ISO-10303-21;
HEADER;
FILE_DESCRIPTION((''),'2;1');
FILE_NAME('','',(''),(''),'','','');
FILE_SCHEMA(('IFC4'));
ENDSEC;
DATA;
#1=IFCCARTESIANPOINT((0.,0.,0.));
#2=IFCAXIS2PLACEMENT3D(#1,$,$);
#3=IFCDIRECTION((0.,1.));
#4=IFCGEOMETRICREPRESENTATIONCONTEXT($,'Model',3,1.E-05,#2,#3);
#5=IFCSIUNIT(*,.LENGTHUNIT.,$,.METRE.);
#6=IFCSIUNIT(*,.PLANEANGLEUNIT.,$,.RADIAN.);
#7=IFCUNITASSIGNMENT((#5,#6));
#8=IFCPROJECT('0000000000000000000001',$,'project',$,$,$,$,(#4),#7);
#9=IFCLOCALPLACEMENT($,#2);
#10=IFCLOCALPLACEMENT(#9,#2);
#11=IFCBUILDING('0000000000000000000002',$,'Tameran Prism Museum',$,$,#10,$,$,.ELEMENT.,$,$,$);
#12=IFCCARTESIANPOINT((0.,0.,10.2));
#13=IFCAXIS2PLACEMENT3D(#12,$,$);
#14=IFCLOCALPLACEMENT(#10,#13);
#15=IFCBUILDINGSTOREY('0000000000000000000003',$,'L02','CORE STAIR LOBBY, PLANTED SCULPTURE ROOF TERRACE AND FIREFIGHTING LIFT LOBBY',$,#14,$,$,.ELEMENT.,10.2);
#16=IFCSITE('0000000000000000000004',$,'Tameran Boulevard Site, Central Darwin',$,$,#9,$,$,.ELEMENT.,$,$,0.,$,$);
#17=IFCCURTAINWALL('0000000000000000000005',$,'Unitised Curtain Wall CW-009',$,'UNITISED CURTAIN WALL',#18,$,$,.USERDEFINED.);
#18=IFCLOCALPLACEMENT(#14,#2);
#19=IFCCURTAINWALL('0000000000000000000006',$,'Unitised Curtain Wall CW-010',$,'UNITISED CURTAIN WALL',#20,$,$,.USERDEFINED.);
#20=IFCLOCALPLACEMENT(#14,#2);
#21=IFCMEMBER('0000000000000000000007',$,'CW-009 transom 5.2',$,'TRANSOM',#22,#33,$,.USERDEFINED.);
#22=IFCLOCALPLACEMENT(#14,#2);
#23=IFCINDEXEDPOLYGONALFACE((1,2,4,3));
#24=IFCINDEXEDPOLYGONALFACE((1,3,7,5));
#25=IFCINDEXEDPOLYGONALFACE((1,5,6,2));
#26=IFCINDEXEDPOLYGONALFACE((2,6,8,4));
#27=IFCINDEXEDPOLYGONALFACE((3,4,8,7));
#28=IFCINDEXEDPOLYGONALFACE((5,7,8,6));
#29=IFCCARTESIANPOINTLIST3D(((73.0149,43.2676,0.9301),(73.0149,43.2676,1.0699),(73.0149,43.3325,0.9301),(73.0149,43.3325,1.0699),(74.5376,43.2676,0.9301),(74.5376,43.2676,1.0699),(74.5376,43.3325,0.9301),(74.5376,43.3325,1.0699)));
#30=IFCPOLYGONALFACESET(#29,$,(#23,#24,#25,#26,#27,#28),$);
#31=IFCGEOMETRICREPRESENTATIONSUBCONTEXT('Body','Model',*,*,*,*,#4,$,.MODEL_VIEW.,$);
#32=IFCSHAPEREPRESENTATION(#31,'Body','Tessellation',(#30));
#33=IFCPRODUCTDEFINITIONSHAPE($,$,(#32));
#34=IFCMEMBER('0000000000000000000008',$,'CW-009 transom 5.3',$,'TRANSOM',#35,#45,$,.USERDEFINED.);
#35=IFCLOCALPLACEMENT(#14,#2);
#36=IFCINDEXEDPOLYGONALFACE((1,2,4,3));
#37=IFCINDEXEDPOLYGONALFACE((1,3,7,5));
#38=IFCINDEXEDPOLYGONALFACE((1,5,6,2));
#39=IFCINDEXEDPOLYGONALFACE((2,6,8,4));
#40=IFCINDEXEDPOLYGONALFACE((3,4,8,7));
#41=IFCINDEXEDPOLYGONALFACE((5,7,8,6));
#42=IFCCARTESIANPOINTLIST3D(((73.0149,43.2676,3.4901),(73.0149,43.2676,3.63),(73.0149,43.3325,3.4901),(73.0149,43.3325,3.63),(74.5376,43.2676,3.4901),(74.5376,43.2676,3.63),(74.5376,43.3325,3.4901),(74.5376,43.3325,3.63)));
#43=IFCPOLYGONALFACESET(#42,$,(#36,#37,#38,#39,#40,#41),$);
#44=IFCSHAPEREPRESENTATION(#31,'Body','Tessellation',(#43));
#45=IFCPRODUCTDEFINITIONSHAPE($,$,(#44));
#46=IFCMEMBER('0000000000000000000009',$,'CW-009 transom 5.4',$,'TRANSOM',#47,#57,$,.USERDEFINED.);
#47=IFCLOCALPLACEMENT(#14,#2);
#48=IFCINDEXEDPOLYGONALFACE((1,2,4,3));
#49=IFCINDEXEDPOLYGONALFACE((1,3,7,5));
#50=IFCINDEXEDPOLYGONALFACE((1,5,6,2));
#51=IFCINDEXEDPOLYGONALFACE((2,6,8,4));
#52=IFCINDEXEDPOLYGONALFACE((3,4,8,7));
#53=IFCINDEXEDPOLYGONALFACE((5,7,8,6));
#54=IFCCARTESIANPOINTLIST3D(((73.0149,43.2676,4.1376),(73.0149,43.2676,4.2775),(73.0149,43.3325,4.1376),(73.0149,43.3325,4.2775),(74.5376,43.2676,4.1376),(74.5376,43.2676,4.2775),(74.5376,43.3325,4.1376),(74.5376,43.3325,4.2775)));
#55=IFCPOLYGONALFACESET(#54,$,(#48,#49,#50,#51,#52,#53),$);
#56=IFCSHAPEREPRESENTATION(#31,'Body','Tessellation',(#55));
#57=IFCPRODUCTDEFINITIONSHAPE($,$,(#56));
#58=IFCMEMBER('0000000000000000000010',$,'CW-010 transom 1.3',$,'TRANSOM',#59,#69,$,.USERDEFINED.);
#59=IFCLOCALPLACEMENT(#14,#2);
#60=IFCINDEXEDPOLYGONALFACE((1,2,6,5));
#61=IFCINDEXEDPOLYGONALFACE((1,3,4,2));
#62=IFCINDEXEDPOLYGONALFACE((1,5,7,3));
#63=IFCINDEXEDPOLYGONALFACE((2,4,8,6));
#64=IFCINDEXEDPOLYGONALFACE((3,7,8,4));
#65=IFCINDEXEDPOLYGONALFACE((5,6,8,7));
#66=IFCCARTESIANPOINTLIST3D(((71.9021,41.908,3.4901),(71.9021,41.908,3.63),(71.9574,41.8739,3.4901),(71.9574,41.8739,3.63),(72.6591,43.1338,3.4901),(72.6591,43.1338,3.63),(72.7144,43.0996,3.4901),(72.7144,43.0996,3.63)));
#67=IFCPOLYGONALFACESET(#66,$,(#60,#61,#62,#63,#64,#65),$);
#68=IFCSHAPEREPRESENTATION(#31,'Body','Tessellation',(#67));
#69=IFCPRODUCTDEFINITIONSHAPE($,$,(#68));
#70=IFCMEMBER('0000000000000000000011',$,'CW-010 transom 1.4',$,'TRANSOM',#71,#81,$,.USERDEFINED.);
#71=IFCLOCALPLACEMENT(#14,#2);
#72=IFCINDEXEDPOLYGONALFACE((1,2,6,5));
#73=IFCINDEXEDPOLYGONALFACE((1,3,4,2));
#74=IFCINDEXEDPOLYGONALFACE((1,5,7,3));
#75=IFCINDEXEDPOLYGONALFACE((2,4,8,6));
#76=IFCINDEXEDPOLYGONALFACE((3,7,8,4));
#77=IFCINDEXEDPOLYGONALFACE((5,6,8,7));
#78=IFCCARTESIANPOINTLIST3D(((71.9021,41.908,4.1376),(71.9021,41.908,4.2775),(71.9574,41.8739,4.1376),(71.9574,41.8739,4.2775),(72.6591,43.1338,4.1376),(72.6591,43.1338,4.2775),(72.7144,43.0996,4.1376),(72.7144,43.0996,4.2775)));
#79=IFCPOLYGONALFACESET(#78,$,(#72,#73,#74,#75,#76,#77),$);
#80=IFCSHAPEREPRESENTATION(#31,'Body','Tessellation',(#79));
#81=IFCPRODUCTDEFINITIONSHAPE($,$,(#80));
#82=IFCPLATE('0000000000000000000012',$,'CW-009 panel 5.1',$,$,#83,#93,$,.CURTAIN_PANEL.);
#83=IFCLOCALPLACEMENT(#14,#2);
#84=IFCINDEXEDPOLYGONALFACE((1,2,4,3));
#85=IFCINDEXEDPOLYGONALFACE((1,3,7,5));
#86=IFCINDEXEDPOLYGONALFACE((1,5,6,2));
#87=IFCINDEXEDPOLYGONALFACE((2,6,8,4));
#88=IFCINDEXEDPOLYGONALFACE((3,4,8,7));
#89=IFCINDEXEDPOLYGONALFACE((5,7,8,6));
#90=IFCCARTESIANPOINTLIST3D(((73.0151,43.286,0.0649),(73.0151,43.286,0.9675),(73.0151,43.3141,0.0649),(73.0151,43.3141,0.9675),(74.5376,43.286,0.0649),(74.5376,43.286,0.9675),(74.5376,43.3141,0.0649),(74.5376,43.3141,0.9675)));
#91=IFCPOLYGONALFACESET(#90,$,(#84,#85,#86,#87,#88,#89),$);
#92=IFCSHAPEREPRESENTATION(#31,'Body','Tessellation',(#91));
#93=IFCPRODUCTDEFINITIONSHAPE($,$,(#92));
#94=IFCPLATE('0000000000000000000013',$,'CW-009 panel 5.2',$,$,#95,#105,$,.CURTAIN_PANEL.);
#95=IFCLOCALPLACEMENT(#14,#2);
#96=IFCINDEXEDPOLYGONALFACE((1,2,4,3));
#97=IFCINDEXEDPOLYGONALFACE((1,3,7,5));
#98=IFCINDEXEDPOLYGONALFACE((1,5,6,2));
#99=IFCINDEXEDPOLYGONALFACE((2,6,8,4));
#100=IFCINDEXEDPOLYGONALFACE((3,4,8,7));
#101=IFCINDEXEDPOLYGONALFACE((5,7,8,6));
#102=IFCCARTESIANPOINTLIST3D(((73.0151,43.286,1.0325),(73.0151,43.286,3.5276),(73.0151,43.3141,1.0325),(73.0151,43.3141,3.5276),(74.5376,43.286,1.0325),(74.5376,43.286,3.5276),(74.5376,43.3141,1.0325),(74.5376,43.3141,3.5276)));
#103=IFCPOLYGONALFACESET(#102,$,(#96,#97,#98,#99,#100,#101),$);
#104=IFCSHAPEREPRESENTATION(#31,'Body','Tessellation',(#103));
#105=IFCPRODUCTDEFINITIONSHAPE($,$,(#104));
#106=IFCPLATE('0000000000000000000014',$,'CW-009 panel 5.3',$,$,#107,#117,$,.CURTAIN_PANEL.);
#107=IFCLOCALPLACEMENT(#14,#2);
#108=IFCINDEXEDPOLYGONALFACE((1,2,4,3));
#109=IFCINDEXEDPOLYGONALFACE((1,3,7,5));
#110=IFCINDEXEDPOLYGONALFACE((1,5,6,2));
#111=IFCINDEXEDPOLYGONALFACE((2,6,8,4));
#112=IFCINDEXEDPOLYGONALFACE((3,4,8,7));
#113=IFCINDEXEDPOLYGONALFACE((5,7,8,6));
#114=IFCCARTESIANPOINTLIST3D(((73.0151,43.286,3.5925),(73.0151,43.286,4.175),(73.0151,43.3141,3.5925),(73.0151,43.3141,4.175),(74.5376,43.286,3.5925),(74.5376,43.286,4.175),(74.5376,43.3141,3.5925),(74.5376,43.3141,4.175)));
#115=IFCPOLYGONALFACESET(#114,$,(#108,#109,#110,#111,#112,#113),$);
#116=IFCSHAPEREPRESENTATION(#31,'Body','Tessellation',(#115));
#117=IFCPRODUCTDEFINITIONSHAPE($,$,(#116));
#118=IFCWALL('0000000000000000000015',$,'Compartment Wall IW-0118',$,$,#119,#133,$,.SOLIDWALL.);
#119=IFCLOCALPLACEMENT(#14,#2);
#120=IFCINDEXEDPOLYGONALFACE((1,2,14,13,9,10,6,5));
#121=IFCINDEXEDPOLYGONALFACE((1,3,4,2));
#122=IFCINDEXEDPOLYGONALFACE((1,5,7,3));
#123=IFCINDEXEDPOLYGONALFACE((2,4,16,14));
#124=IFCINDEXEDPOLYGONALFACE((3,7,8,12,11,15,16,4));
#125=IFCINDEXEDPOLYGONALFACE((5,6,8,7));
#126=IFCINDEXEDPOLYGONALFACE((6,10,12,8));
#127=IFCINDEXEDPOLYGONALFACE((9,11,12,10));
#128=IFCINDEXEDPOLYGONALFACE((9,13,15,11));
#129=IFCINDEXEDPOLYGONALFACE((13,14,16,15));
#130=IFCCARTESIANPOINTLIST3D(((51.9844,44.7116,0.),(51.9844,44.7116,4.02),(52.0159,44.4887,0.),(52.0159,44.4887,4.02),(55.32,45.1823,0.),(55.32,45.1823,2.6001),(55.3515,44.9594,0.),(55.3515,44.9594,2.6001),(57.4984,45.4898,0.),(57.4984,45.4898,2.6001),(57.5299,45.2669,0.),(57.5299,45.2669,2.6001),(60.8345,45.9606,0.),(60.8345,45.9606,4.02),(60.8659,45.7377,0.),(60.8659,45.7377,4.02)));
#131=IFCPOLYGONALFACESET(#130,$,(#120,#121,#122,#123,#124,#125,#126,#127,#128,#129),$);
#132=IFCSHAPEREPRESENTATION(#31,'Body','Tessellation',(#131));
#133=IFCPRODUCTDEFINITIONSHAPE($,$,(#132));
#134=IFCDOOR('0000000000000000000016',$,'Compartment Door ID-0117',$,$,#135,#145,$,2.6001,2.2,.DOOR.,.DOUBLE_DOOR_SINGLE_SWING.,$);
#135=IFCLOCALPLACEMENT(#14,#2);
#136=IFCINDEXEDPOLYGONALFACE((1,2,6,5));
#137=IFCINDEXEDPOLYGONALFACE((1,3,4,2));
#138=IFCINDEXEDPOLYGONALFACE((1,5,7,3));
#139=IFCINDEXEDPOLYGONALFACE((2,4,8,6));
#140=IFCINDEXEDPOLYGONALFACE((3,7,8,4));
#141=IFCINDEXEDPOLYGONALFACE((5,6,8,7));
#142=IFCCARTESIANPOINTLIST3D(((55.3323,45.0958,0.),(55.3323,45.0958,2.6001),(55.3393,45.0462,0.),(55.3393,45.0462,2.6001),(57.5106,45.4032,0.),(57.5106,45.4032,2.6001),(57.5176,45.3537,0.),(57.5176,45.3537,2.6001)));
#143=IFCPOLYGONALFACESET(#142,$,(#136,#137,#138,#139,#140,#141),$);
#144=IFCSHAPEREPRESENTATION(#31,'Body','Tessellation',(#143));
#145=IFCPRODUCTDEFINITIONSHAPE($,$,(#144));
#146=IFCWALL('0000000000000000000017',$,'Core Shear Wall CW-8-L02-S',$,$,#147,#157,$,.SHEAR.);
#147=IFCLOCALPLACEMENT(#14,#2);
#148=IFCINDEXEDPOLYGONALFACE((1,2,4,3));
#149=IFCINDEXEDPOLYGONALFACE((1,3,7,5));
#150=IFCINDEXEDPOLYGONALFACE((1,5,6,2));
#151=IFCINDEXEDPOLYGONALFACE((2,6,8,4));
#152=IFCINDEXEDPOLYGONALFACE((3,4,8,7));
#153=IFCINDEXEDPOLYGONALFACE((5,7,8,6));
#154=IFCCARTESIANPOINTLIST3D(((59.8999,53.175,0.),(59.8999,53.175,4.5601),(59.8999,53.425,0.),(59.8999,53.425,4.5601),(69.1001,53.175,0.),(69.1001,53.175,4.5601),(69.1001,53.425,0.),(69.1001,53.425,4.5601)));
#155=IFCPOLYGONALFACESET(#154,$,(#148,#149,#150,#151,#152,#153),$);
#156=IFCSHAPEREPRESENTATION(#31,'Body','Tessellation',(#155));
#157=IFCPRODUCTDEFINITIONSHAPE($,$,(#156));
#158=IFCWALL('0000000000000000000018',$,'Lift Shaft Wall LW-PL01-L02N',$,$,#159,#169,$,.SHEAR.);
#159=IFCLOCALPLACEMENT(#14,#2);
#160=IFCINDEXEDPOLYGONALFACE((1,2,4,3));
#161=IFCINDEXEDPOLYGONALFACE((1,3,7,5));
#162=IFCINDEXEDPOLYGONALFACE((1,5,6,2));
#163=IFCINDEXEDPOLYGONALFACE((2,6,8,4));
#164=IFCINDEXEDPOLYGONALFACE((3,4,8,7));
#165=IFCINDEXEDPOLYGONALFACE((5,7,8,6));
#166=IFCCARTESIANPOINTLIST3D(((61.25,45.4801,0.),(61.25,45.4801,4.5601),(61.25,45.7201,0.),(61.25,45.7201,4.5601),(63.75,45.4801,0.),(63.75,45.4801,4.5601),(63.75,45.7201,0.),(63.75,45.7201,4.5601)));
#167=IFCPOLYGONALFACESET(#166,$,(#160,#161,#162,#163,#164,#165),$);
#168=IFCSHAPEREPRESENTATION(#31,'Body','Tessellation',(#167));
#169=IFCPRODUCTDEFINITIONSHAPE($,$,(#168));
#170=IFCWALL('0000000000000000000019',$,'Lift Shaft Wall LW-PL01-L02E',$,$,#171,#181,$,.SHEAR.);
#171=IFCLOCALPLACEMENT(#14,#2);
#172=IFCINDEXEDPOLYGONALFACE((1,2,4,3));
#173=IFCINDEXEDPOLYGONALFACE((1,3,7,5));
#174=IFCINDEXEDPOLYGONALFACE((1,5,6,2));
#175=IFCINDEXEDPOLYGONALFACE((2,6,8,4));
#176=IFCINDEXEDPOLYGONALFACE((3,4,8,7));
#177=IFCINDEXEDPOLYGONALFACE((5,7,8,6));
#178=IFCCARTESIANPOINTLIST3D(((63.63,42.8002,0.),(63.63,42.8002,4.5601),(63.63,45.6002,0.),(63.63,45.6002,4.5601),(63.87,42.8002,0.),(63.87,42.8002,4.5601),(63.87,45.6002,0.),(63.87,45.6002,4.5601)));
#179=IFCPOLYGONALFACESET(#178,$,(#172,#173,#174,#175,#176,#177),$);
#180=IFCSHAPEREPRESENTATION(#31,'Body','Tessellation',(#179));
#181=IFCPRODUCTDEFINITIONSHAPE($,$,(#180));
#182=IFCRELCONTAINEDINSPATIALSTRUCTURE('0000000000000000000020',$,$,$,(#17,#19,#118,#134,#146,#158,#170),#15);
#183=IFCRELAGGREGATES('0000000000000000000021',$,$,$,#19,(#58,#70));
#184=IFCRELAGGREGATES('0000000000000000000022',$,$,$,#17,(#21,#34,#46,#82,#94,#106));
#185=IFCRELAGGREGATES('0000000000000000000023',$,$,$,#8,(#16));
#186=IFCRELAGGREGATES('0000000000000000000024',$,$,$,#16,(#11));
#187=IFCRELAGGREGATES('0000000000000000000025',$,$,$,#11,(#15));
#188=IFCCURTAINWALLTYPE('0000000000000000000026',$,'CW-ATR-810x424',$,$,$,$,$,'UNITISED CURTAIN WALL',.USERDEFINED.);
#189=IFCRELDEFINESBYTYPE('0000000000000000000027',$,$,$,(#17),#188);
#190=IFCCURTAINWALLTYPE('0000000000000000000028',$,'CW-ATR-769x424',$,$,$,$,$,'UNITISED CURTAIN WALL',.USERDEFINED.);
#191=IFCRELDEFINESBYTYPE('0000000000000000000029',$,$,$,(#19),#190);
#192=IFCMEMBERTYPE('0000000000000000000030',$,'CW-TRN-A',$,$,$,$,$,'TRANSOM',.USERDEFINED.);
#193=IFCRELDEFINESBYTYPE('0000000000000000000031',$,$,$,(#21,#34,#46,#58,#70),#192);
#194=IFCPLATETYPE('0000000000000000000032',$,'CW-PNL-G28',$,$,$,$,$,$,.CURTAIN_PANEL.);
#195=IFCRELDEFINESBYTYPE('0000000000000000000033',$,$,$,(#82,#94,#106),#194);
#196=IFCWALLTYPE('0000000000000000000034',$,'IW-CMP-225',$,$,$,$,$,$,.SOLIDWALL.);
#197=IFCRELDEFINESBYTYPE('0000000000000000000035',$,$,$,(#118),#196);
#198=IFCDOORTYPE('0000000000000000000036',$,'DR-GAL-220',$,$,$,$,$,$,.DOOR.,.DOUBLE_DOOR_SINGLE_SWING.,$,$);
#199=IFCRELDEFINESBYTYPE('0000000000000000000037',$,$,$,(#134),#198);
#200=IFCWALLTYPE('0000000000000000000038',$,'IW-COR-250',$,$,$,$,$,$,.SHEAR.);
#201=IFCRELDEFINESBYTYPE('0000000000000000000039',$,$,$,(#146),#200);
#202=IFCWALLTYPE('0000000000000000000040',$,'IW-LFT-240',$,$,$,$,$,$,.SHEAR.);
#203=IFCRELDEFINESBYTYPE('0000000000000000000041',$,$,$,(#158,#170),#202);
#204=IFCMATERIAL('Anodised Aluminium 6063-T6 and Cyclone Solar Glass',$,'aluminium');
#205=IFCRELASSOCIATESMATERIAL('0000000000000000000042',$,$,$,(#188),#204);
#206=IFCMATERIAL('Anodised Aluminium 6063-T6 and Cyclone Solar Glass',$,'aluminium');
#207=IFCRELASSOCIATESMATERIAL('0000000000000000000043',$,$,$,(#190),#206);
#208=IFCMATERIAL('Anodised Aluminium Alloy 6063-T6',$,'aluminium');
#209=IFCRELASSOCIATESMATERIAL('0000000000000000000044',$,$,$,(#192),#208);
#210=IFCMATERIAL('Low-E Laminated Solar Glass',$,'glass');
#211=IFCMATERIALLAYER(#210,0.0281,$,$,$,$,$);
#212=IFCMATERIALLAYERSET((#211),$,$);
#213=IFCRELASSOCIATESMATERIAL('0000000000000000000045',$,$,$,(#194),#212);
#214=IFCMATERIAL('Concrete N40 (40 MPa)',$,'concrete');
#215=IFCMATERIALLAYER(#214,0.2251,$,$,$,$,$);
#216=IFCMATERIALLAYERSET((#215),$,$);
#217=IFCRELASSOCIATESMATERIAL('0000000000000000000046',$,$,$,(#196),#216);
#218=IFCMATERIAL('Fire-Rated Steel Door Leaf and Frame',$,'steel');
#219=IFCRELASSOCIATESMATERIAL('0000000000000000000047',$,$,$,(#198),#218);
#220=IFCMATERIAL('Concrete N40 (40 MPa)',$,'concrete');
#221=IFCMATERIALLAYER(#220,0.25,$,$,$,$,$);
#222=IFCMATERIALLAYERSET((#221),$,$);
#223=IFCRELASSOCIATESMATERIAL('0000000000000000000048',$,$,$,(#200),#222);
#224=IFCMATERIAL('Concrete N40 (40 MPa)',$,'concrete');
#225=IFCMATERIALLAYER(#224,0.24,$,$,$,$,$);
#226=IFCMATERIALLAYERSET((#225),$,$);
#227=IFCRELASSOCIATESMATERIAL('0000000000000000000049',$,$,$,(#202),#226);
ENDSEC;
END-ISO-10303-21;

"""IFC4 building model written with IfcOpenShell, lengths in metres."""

from ifc_helpers import new_model, si_unit, direction, frame, frame_2d, origin, origin_2d, place, context, subcontext, project, spatial, rectangle, extrude, material, layer, layer_set, material_profile, profile_set, type_object, element, fill, aggregate, save


model = new_model("IFC4")

# Units and contexts
model_context = context("Model", 3, precision=1e-05, world=origin(), true_north=direction((0.0, 1.0)))
body_context = subcontext(model_context, "Body", "Model", "MODEL_VIEW")
ifc_project = project(units=[si_unit("LENGTHUNIT", "METRE"), si_unit("PLANEANGLEUNIT", "RADIAN")], contexts=[model_context])

# Site, building, storey
site_placement = place(None, origin())
site = spatial("IfcSite", under=ifc_project, at=site_placement, Name="Tameran Boulevard Site, Central Darwin", CompositionType="ELEMENT", RefElevation=0.0)
building_placement = place(site_placement, origin())
building = spatial("IfcBuilding", under=site, at=building_placement, Name="Tameran Prism Museum", CompositionType="ELEMENT")
storey_placement = place(building_placement, frame((0.0, 0.0, 10.2)))
storey = spatial("IfcBuildingStorey", under=building, at=storey_placement, Name="L02", Description="CORE STAIR LOBBY, PLANTED SCULPTURE ROOF TERRACE AND FIREFIGHTING LIFT LOBBY", CompositionType="ELEMENT", Elevation=10.2)

# Curtain walls
ifc_material_1 = material(Name="Anodised Aluminium 6063-T6 and Cyclone Solar Glass", Category="aluminium")
curtain_wall_type_1 = type_object("IfcCurtainWallType", Name="CW-ATR-810x424", ElementType="UNITISED CURTAIN WALL", PredefinedType="USERDEFINED", material=ifc_material_1)
curtain_wall_1_placement = place(storey_placement, origin())
curtain_wall_1 = element("IfcCurtainWall", 1, at=curtain_wall_1_placement, inside=storey, type_object=curtain_wall_type_1, Name="Unitised Curtain Wall CW-009", ObjectType="UNITISED CURTAIN WALL", PredefinedType="USERDEFINED")
ifc_material_2 = material(Name="Anodised Aluminium 6063-T6 and Cyclone Solar Glass", Category="aluminium")
curtain_wall_type_2 = type_object("IfcCurtainWallType", Name="CW-ATR-769x424", ElementType="UNITISED CURTAIN WALL", PredefinedType="USERDEFINED", material=ifc_material_2)
curtain_wall_2_placement = place(storey_placement, origin())
curtain_wall_2 = element("IfcCurtainWall", 2, at=curtain_wall_2_placement, inside=storey, type_object=curtain_wall_type_2, Name="Unitised Curtain Wall CW-010", ObjectType="UNITISED CURTAIN WALL", PredefinedType="USERDEFINED")

# Members
ifc_material_3 = material(Name="Anodised Aluminium Alloy 6063-T6", Category="aluminium")
ifc_material_profile_1 = material_profile(ifc_material_3, rectangle(XDim=0.0649, YDim=0.1399, at=origin_2d()))
ifc_profile_set_1 = profile_set([ifc_material_profile_1])
member_type_1 = type_object("IfcMemberType", Name="CW-TRN-A", ElementType="TRANSOM", PredefinedType="USERDEFINED", material=ifc_profile_set_1)
member_1_placement = place(storey_placement, frame((74.5376, 43.3, 1.0), z_axis=(-1.0, 0.0, 0.0), x_axis=(0.0, -1.0, 0.0)))
member_1 = element("IfcMember", 3, at=member_1_placement, type_object=member_type_1, Name="CW-009 transom 5.2", ObjectType="TRANSOM", PredefinedType="USERDEFINED", context=body_context, shape_type="SweptSolid", body=[
    extrude(rectangle(XDim=0.0649, YDim=0.1399, at=origin_2d()), origin(), (0.0, 0.0, 1.0), 1.5227),
])
member_2_placement = place(storey_placement, frame((74.5376, 43.3, 3.5601), z_axis=(-1.0, 0.0, 0.0), x_axis=(0.0, -1.0, 0.0)))
member_2 = element("IfcMember", 4, at=member_2_placement, type_object=member_type_1, Name="CW-009 transom 5.3", ObjectType="TRANSOM", PredefinedType="USERDEFINED", context=body_context, shape_type="SweptSolid", body=[
    extrude(rectangle(XDim=0.0649, YDim=0.1399, at=origin_2d()), origin(), (0.0, 0.0, 1.0), 1.5227),
])
member_3_placement = place(storey_placement, frame((74.5376, 43.3, 4.2075), z_axis=(-1.0, 0.0, 0.0), x_axis=(0.0, -1.0, 0.0)))
member_3 = element("IfcMember", 5, at=member_3_placement, type_object=member_type_1, Name="CW-009 transom 5.4", ObjectType="TRANSOM", PredefinedType="USERDEFINED", context=body_context, shape_type="SweptSolid", body=[
    extrude(rectangle(XDim=0.0649, YDim=0.1399, at=origin_2d()), origin(), (0.0, 0.0, 1.0), 1.5227),
])
member_4_placement = place(storey_placement, frame((72.6868, 43.1167, 3.5601), z_axis=(-0.525468, -0.850814, 0.0), x_axis=(0.850814, -0.525468, 0.0)))
member_4 = element("IfcMember", 6, at=member_4_placement, type_object=member_type_1, Name="CW-010 transom 1.3", ObjectType="TRANSOM", PredefinedType="USERDEFINED", context=body_context, shape_type="SweptSolid", body=[
    extrude(rectangle(XDim=0.0649, YDim=0.1399, at=origin_2d()), origin(), (0.0, 0.0, 1.0), 1.4407),
])
member_5_placement = place(storey_placement, frame((72.6868, 43.1167, 4.2075), z_axis=(-0.525468, -0.850814, 0.0), x_axis=(0.850814, -0.525468, 0.0)))
member_5 = element("IfcMember", 7, at=member_5_placement, type_object=member_type_1, Name="CW-010 transom 1.4", ObjectType="TRANSOM", PredefinedType="USERDEFINED", context=body_context, shape_type="SweptSolid", body=[
    extrude(rectangle(XDim=0.0649, YDim=0.1399, at=origin_2d()), origin(), (0.0, 0.0, 1.0), 1.4407),
])
aggregate(curtain_wall_2, [member_4, member_5])

# Plates
ifc_material_4 = material(Name="Low-E Laminated Solar Glass", Category="glass")
ifc_layer_1 = layer(ifc_material_4, 0.0281)
ifc_layer_set_1 = layer_set([ifc_layer_1])
plate_type = type_object("IfcPlateType", Name="CW-PNL-G28", PredefinedType="CURTAIN_PANEL", material=ifc_layer_set_1)
plate_1_placement = place(storey_placement, frame((73.7764, 43.3, 0.0649), z_axis=(0.0, 0.0, 1.0), x_axis=(-1.0, 0.0, 0.0)))
plate_1 = element("IfcPlate", 8, at=plate_1_placement, type_object=plate_type, Name="CW-009 panel 5.1", PredefinedType="CURTAIN_PANEL", context=body_context, shape_type="SweptSolid", body=[
    extrude(rectangle(XDim=1.5225, YDim=0.0281, at=origin_2d()), origin(), (0.0, 0.0, 1.0), 0.9026),
])
plate_2_placement = place(storey_placement, frame((73.7764, 43.3, 1.0325), z_axis=(0.0, 0.0, 1.0), x_axis=(-1.0, 0.0, 0.0)))
plate_2 = element("IfcPlate", 9, at=plate_2_placement, type_object=plate_type, Name="CW-009 panel 5.2", PredefinedType="CURTAIN_PANEL", context=body_context, shape_type="SweptSolid", body=[
    extrude(rectangle(XDim=1.5225, YDim=0.0281, at=origin_2d()), origin(), (0.0, 0.0, 1.0), 2.4951),
])
plate_3_placement = place(storey_placement, frame((73.7764, 43.3, 3.5925), z_axis=(0.0, 0.0, 1.0), x_axis=(-1.0, 0.0, 0.0)))
plate_3 = element("IfcPlate", 10, at=plate_3_placement, type_object=plate_type, Name="CW-009 panel 5.3", PredefinedType="CURTAIN_PANEL", context=body_context, shape_type="SweptSolid", body=[
    extrude(rectangle(XDim=1.5225, YDim=0.0281, at=origin_2d()), origin(), (0.0, 0.0, 1.0), 0.5825),
])
aggregate(curtain_wall_1, [member_1, member_2, member_3, plate_1, plate_2, plate_3])

# Wall, opening, door
ifc_material_5 = material(Name="Concrete N40 (40 MPa)", Category="concrete")
ifc_layer_2 = layer(ifc_material_5, 0.2251)
ifc_layer_set_2 = layer_set([ifc_layer_2])
wall_type_1 = type_object("IfcWallType", Name="IW-CMP-225", PredefinedType="SOLIDWALL", material=ifc_layer_set_2)
wall_1_placement = place(storey_placement, frame((60.8501, 45.8491, 0.0), z_axis=(0.0, 0.0, 1.0), x_axis=(-0.990187, -0.139746, 0.0)))
wall_1 = element("IfcWall", 11, at=wall_1_placement, inside=storey, type_object=wall_type_1, Name="Compartment Wall IW-0118", PredefinedType="SOLIDWALL", context=body_context, shape_type="SweptSolid", body=[
    extrude(rectangle(XDim=8.9377, YDim=0.2251, at=frame_2d((4.4688, 0.0))), origin(), (0.0, 0.0, 1.0), 4.02),
])
opening_placement = place(wall_1_placement, frame((3.3689, 0.0, 0.0)))
opening = element("IfcOpeningElement", 12, at=opening_placement, cuts=wall_1, PredefinedType="OPENING", context=body_context, shape_type="SweptSolid", body=[
    extrude(rectangle(XDim=2.2, YDim=2.6001, at=frame_2d((1.1001, 1.3))), frame((0.0, 0.1226, 0.0), z_axis=(0.0, -1.0, 0.0), x_axis=(1.0, 0.0, 0.0)), (0.0, 0.0, 1.0), 0.2451),
])
ifc_material_6 = material(Name="Fire-Rated Steel Door Leaf and Frame", Category="steel")
door_type = type_object("IfcDoorType", Name="DR-GAL-220", OperationType="DOUBLE_DOOR_SINGLE_SWING", PredefinedType="DOOR", material=ifc_material_6)
door_placement = place(opening_placement, origin())
door = element("IfcDoor", 13, at=door_placement, inside=storey, type_object=door_type, Name="Compartment Door ID-0117", OperationType="DOUBLE_DOOR_SINGLE_SWING", OverallHeight=2.6001, OverallWidth=2.2, PredefinedType="DOOR", context=body_context, shape_type="SweptSolid", body=[
    extrude(rectangle(XDim=2.2, YDim=2.6001, at=frame_2d((1.1001, 1.3))), frame((0.0, 0.0249, 0.0), z_axis=(0.0, -1.0, 0.0), x_axis=(1.0, 0.0, 0.0)), (0.0, 0.0, 1.0), 0.05),
])
fill(opening, door)

# Walls
ifc_material_7 = material(Name="Concrete N40 (40 MPa)", Category="concrete")
ifc_layer_3 = layer(ifc_material_7, 0.25)
ifc_layer_set_3 = layer_set([ifc_layer_3])
wall_type_2 = type_object("IfcWallType", Name="IW-COR-250", PredefinedType="SHEAR", material=ifc_layer_set_3)
wall_2_placement = place(storey_placement, frame((69.1001, 53.3, 0.0), z_axis=(0.0, 0.0, 1.0), x_axis=(-1.0, 0.0, 0.0)))
element("IfcWall", 14, at=wall_2_placement, inside=storey, type_object=wall_type_2, Name="Core Shear Wall CW-8-L02-S", PredefinedType="SHEAR", context=body_context, shape_type="SweptSolid", body=[
    extrude(rectangle(XDim=9.2002, YDim=0.25, at=frame_2d((4.6001, 0.0))), origin(), (0.0, 0.0, 1.0), 4.5601),
])
ifc_material_8 = material(Name="Concrete N40 (40 MPa)", Category="concrete")
ifc_layer_4 = layer(ifc_material_8, 0.24)
ifc_layer_set_4 = layer_set([ifc_layer_4])
wall_type_3 = type_object("IfcWallType", Name="IW-LFT-240", PredefinedType="SHEAR", material=ifc_layer_set_4)
wall_3_placement = place(storey_placement, frame((61.25, 45.6001, 0.0), z_axis=(0.0, 0.0, 1.0), x_axis=(1.0, 0.0, 0.0)))
element("IfcWall", 15, at=wall_3_placement, inside=storey, type_object=wall_type_3, Name="Lift Shaft Wall LW-PL01-L02N", PredefinedType="SHEAR", context=body_context, shape_type="SweptSolid", body=[
    extrude(rectangle(XDim=2.5, YDim=0.24, at=frame_2d((1.25, 0.0))), origin(), (0.0, 0.0, 1.0), 4.5601),
])
wall_4_placement = place(storey_placement, frame((63.75, 45.6001, 0.0), z_axis=(0.0, 0.0, 1.0), x_axis=(0.0, -1.0, 0.0)))
element("IfcWall", 16, at=wall_4_placement, inside=storey, type_object=wall_type_3, Name="Lift Shaft Wall LW-PL01-L02E", PredefinedType="SHEAR", context=body_context, shape_type="SweptSolid", body=[
    extrude(rectangle(XDim=2.8, YDim=0.24, at=frame_2d((1.3999, 0.0))), origin(), (0.0, 0.0, 1.0), 4.5601),
])

save(model, "model.ifc")
